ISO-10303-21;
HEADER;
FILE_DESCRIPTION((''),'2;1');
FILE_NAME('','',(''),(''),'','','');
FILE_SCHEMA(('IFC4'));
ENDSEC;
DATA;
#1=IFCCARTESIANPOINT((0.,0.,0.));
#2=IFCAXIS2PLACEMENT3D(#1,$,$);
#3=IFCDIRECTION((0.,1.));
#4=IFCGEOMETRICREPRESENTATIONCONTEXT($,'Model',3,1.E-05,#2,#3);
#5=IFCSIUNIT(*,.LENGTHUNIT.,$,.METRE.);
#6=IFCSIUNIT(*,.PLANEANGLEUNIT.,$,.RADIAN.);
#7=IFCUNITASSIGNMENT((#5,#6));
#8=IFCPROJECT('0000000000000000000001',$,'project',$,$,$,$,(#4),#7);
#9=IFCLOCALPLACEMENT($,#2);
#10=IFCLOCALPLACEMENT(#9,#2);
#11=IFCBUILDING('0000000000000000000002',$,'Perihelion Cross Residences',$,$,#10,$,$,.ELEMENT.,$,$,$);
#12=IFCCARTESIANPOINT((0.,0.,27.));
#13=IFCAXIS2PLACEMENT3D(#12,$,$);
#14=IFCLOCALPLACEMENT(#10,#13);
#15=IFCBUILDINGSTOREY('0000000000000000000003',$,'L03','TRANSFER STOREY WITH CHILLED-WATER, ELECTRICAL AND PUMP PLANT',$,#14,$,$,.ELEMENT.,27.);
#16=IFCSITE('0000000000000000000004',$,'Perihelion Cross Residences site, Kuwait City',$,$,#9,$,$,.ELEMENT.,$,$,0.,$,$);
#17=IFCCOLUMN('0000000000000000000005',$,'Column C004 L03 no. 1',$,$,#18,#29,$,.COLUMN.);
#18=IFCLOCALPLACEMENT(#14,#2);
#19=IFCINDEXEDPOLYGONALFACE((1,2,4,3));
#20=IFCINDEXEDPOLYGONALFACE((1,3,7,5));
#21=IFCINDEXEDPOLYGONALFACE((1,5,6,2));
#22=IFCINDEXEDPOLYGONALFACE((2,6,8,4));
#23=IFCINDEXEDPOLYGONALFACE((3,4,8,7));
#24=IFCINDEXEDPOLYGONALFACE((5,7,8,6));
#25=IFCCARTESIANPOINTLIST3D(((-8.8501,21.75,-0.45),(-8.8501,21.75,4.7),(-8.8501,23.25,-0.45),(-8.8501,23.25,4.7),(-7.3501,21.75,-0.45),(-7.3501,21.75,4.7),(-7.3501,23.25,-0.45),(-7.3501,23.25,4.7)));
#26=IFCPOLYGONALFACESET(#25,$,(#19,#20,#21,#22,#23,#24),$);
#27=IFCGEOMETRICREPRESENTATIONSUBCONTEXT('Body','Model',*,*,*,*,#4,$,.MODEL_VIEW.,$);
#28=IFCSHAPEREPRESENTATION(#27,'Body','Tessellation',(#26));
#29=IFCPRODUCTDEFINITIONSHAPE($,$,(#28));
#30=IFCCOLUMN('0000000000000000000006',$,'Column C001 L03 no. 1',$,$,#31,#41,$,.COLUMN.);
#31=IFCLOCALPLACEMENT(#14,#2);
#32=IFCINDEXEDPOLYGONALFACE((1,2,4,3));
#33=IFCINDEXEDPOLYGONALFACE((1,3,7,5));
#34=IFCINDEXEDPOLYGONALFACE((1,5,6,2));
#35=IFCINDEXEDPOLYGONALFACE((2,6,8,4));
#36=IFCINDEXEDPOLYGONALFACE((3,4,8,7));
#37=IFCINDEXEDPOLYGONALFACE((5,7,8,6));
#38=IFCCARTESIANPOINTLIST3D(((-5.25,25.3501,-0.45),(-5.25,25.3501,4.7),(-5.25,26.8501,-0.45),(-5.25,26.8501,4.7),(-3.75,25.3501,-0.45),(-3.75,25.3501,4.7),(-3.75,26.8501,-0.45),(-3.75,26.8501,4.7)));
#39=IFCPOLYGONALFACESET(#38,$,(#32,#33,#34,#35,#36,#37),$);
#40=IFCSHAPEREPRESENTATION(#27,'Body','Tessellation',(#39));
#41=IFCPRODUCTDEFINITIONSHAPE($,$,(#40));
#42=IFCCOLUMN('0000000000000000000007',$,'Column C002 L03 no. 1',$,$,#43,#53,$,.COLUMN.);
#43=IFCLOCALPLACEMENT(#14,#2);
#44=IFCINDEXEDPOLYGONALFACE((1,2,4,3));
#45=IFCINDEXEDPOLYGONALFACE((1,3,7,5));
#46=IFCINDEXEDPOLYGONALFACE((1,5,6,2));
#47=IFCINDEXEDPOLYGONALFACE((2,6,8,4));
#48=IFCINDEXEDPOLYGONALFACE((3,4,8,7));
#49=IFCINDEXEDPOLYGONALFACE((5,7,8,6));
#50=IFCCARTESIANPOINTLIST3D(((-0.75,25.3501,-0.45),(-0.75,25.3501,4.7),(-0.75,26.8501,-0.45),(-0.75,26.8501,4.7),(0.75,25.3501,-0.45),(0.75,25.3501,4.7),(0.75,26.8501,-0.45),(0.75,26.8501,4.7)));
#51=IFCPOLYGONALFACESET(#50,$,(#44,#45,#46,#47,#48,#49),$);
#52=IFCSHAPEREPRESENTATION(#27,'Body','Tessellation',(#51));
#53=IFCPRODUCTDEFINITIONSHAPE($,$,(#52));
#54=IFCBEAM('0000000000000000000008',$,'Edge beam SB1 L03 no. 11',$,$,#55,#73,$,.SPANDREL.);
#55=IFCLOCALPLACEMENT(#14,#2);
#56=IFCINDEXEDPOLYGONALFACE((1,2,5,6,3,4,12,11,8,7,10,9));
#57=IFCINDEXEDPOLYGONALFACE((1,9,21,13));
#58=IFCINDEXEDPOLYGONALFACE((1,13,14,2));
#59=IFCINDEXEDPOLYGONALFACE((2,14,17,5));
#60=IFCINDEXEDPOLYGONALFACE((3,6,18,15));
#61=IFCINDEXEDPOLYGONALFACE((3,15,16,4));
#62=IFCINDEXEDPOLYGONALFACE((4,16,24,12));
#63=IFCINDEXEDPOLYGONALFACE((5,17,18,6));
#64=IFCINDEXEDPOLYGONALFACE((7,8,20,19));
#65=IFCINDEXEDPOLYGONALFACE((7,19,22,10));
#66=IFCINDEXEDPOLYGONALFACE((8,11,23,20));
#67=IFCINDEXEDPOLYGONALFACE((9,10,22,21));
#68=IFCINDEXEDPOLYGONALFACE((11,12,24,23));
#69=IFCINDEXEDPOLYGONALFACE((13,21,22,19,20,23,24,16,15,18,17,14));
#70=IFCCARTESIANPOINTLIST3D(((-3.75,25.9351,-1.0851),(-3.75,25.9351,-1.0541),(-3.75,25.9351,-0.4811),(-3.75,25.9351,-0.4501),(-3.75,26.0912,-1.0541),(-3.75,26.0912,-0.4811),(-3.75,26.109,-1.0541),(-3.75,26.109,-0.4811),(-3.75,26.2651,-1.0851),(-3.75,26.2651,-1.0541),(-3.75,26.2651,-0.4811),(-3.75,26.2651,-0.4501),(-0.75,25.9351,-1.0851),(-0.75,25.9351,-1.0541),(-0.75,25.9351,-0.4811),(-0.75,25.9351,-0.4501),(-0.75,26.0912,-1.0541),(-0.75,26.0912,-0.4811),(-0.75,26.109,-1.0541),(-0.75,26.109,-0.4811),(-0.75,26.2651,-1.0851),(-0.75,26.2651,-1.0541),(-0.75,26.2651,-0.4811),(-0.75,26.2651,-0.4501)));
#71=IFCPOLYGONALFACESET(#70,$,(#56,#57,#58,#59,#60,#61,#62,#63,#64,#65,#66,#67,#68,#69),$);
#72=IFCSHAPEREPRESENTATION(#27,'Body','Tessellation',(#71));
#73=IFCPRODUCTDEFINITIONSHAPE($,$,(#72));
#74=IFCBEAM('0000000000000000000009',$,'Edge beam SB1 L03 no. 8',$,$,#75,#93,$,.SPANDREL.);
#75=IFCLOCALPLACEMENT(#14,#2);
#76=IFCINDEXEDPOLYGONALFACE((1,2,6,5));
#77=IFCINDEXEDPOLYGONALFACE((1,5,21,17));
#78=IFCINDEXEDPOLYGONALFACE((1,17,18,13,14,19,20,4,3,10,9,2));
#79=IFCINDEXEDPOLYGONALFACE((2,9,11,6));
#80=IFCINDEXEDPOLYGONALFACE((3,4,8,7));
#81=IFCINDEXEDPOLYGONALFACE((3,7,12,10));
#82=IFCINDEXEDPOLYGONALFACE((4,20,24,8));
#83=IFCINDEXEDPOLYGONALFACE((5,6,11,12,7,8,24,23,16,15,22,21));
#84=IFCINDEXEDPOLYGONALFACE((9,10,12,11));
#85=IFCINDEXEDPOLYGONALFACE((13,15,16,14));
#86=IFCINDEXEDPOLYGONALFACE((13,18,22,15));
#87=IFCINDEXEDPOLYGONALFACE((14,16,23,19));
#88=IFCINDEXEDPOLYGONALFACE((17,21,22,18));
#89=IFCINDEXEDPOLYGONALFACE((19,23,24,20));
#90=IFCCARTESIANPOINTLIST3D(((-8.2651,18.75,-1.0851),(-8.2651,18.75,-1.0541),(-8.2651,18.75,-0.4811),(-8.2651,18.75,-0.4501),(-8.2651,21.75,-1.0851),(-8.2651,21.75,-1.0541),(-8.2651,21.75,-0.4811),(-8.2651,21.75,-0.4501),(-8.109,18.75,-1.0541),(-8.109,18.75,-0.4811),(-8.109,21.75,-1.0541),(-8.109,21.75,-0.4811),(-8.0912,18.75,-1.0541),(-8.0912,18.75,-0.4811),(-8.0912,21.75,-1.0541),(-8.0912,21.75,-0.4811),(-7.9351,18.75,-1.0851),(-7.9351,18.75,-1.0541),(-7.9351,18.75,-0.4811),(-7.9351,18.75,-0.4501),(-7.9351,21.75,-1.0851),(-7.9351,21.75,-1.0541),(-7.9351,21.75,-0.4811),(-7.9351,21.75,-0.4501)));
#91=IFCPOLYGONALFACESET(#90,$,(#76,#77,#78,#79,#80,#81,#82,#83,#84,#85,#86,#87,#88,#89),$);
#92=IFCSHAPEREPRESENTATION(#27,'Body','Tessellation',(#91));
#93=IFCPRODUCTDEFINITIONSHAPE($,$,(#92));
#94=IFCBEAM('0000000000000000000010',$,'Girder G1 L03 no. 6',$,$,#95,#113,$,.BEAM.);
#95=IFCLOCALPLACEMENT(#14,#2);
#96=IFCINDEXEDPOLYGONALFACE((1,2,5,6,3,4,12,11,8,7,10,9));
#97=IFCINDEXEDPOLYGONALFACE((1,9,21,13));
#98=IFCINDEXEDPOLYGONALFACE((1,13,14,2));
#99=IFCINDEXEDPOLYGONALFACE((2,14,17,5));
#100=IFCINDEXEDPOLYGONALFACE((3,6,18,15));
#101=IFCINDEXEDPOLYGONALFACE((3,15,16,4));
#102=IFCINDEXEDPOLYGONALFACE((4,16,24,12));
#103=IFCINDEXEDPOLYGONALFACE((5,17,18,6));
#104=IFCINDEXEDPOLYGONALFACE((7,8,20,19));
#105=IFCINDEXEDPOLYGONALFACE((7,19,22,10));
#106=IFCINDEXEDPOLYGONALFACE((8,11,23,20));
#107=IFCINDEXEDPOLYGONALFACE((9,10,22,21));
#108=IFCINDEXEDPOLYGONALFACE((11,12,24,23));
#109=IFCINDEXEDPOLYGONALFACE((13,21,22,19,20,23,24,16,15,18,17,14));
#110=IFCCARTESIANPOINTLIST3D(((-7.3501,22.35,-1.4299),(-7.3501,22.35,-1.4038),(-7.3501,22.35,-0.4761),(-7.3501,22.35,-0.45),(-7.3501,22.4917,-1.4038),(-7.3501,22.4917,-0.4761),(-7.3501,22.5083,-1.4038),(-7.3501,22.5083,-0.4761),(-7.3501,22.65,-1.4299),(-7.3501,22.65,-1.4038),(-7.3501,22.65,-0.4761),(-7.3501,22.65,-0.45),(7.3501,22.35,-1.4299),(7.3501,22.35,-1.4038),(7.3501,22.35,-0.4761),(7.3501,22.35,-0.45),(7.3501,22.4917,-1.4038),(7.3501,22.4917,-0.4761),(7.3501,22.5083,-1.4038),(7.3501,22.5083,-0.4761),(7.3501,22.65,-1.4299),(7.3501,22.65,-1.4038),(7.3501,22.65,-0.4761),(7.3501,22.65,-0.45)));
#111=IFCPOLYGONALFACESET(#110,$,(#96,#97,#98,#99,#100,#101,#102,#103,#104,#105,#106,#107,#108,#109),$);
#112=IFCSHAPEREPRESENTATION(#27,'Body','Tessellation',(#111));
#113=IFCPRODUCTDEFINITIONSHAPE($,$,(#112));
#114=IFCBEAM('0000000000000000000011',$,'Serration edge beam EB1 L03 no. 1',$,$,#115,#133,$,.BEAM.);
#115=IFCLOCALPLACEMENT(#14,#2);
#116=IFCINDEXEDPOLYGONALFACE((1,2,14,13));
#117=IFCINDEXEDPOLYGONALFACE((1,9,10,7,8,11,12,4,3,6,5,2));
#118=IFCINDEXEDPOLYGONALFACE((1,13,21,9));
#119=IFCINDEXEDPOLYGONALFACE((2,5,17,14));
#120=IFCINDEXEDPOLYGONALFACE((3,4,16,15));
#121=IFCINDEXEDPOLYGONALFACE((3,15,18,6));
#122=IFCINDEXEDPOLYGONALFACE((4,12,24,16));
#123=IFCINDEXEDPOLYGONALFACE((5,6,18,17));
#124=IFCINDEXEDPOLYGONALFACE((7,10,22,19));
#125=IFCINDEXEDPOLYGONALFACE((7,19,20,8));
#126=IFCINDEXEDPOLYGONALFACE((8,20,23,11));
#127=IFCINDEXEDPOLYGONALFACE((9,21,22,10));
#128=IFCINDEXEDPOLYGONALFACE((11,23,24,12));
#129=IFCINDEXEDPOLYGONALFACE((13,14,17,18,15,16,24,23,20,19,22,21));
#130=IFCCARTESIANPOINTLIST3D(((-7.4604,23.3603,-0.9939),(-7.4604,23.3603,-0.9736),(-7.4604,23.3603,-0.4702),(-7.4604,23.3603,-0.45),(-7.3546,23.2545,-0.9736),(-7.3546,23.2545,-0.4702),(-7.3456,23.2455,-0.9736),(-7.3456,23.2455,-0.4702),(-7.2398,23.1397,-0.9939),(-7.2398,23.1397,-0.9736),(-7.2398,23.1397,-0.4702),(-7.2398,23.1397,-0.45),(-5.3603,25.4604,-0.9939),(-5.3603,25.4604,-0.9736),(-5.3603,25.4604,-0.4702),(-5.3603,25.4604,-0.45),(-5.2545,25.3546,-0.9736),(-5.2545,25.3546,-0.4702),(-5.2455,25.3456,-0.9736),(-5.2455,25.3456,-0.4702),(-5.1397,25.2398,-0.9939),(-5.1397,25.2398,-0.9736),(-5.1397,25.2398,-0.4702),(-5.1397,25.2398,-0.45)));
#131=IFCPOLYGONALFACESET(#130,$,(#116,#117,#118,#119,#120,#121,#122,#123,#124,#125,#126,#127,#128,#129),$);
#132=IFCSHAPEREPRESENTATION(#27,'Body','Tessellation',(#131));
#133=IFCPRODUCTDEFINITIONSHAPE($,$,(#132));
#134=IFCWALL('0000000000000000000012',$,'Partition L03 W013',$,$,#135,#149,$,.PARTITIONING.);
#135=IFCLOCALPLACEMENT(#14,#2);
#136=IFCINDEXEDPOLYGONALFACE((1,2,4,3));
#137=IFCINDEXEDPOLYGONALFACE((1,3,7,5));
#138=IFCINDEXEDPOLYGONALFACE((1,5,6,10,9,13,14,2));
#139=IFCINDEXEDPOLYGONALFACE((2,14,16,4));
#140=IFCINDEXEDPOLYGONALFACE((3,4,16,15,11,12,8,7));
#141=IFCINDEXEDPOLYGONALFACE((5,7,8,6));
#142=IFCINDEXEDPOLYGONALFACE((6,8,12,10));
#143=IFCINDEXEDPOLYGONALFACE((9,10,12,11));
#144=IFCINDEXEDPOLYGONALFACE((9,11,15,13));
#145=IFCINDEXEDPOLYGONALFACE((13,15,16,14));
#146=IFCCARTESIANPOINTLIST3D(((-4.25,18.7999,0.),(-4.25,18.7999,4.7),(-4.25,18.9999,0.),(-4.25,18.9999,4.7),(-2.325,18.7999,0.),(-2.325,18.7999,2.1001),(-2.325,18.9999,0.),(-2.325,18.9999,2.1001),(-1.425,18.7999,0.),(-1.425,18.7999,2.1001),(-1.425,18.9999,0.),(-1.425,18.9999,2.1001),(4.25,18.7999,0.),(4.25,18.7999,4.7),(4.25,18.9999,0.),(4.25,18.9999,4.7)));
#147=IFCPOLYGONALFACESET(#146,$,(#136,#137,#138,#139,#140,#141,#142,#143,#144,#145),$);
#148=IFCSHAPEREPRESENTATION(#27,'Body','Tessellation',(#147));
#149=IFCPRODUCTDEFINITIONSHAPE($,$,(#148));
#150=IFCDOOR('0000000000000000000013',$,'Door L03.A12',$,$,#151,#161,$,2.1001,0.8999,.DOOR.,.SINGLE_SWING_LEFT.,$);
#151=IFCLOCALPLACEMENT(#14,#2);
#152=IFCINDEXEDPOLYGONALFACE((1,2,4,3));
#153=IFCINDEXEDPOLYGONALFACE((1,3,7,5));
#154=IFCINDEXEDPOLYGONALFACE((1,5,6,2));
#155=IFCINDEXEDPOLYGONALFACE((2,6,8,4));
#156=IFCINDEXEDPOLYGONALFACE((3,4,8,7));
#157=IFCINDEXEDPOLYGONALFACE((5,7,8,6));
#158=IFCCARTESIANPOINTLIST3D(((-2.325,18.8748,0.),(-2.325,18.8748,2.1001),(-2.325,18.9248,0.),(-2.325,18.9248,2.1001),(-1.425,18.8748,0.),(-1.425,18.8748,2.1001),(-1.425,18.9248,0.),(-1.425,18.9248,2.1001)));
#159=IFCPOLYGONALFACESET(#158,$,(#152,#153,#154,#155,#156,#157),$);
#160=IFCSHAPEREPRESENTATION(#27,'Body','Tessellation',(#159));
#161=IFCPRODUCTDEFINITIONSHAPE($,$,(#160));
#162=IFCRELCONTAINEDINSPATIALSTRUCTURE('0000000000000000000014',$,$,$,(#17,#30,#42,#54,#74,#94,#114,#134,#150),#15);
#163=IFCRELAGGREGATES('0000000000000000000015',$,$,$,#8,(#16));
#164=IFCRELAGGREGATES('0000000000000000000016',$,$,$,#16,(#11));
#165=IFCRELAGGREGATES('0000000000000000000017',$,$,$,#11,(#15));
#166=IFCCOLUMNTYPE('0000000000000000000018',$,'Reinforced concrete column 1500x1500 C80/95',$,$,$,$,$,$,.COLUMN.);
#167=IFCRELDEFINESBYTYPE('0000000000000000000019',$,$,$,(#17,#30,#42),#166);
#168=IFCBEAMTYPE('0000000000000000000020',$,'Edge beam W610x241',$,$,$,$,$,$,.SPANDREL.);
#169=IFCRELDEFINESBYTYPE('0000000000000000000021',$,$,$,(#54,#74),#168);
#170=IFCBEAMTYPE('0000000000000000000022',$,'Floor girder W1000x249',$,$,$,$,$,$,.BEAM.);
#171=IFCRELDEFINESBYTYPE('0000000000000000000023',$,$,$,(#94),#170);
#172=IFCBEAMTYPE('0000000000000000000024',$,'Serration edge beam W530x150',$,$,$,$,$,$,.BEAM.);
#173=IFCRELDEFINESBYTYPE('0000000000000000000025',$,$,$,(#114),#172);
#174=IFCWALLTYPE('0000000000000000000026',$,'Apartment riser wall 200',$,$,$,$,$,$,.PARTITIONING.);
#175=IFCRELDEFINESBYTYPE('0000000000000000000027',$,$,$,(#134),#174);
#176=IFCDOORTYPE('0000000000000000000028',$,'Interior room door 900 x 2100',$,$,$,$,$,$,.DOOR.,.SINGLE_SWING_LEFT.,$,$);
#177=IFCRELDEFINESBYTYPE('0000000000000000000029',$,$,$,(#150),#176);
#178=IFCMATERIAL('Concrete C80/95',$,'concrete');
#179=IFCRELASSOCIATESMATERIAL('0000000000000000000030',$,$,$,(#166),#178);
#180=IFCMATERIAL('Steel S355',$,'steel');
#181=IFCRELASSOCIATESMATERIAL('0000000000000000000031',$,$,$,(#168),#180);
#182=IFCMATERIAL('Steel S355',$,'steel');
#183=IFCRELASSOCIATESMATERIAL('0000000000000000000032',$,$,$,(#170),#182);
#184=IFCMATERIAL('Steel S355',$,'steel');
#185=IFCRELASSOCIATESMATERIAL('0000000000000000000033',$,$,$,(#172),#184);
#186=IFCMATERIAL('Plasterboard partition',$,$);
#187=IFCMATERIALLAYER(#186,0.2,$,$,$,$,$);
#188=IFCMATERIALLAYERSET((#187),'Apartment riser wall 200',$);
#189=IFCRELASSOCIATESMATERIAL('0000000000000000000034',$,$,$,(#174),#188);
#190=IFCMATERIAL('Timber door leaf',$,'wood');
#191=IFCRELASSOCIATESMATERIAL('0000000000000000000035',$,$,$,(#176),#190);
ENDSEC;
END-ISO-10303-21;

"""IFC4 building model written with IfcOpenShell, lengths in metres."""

from ifc_helpers import new_model, si_unit, direction, frame, frame_2d, origin, origin_2d, place, context, subcontext, project, spatial, rectangle, i_section, extrude, material, layer, layer_set, material_profile, profile_set, type_object, element, fill, save


model = new_model("IFC4")

# Units and contexts
model_context = context("Model", 3, precision=1e-05, world=origin(), true_north=direction((0.0, 1.0)))
body_context = subcontext(model_context, "Body", "Model", "MODEL_VIEW")
ifc_project = project(units=[si_unit("LENGTHUNIT", "METRE"), si_unit("PLANEANGLEUNIT", "RADIAN")], contexts=[model_context])

# Site, building, storey
site_placement = place(None, origin())
site = spatial("IfcSite", under=ifc_project, at=site_placement, Name="Perihelion Cross Residences site, Kuwait City", CompositionType="ELEMENT", RefElevation=0.0)
building_placement = place(site_placement, origin())
building = spatial("IfcBuilding", under=site, at=building_placement, Name="Perihelion Cross Residences", CompositionType="ELEMENT")
storey_placement = place(building_placement, frame((0.0, 0.0, 27.0)))
storey = spatial("IfcBuildingStorey", under=building, at=storey_placement, Name="L03", Description="TRANSFER STOREY WITH CHILLED-WATER, ELECTRICAL AND PUMP PLANT", CompositionType="ELEMENT", Elevation=27.0)

# Columns
ifc_material_1 = material(Name="Concrete C80/95", Category="concrete")
ifc_material_profile_1 = material_profile(ifc_material_1, rectangle(XDim=1.5, YDim=1.5, at=origin_2d()), Name="RC 1500x1500")
ifc_profile_set_1 = profile_set([ifc_material_profile_1], Name="Concrete C80/95")
column_type = type_object("IfcColumnType", Name="Reinforced concrete column 1500x1500 C80/95", PredefinedType="COLUMN", material=ifc_profile_set_1)
for number, where, z_axis, x_axis, name in (
    (1, (-8.1001, 22.5, -0.45), (0.0, 0.0, 1.0), (1.0, 0.0, 0.0), "Column C004 L03 no. 1"),
    (2, (-4.5, 26.1001, -0.45), (0.0, 0.0, 1.0), (1.0, 0.0, 0.0), "Column C001 L03 no. 1"),
    (3, (0.0, 26.1001, -0.45), (0.0, 0.0, 1.0), (1.0, 0.0, 0.0), "Column C002 L03 no. 1"),
):
    element("IfcColumn", number, at=place(storey_placement, frame(where, z_axis=z_axis, x_axis=x_axis)), inside=storey, type_object=column_type, Name=name, PredefinedType="COLUMN", context=body_context, shape_type="SweptSolid", body=[
        extrude(rectangle(XDim=1.5, YDim=1.5, at=origin_2d()), origin(), (0.0, 0.0, 1.0), 5.1499),
    ])

# Beams
ifc_material_2 = material(Name="Steel S355", Category="steel")
ifc_material_profile_2 = material_profile(ifc_material_2, i_section(OverallWidth=0.3301, OverallDepth=0.635, WebThickness=0.0178, FlangeThickness=0.031, at=origin_2d()), Name="W610x241")
ifc_profile_set_2 = profile_set([ifc_material_profile_2], Name="Steel S355")
beam_type_1 = type_object("IfcBeamType", Name="Edge beam W610x241", PredefinedType="SPANDREL", material=ifc_profile_set_2)
for number, where, z_axis, x_axis, name in (
    (4, (-0.75, 26.1001, -0.7676), (-1.0, 0.0, 0.0), (0.0, -1.0, 0.0), "Edge beam SB1 L03 no. 11"),
    (5, (-8.1001, 21.75, -0.7676), (0.0, -1.0, 0.0), (1.0, 0.0, 0.0), "Edge beam SB1 L03 no. 8"),
):
    element("IfcBeam", number, at=place(storey_placement, frame(where, z_axis=z_axis, x_axis=x_axis)), inside=storey, type_object=beam_type_1, Name=name, PredefinedType="SPANDREL", context=body_context, shape_type="SweptSolid", body=[
        extrude(i_section(OverallWidth=0.3301, OverallDepth=0.635, WebThickness=0.0178, FlangeThickness=0.031, at=origin_2d()), origin(), (0.0, 0.0, 1.0), 3.0),
    ])
ifc_material_3 = material(Name="Steel S355", Category="steel")
ifc_material_profile_3 = material_profile(ifc_material_3, i_section(OverallWidth=0.3, OverallDepth=0.98, WebThickness=0.0166, FlangeThickness=0.0261, at=origin_2d()), Name="W1000x249")
ifc_profile_set_3 = profile_set([ifc_material_profile_3], Name="Steel S355")
beam_type_2 = type_object("IfcBeamType", Name="Floor girder W1000x249", PredefinedType="BEAM", material=ifc_profile_set_3)
beam_1_placement = place(storey_placement, frame((-7.3501, 22.5, -0.9399), z_axis=(1.0, 0.0, 0.0), x_axis=(0.0, 1.0, 0.0)))
element("IfcBeam", 6, at=beam_1_placement, inside=storey, type_object=beam_type_2, Name="Girder G1 L03 no. 6", PredefinedType="BEAM", context=body_context, shape_type="SweptSolid", body=[
    extrude(i_section(OverallWidth=0.3, OverallDepth=0.98, WebThickness=0.0166, FlangeThickness=0.0261, at=origin_2d()), origin(), (0.0, 0.0, 1.0), 14.7002),
])
ifc_material_4 = material(Name="Steel S355", Category="steel")
ifc_material_profile_4 = material_profile(ifc_material_4, i_section(OverallWidth=0.312, OverallDepth=0.5439, WebThickness=0.0127, FlangeThickness=0.0203, at=origin_2d()), Name="W530x150")
ifc_profile_set_4 = profile_set([ifc_material_profile_4], Name="Steel S355")
beam_type_3 = type_object("IfcBeamType", Name="Serration edge beam W530x150", PredefinedType="BEAM", material=ifc_profile_set_4)
beam_2_placement = place(storey_placement, frame((-5.25, 25.3501, -0.7219), z_axis=(-0.707107, -0.707107, 0.0), x_axis=(0.707107, -0.707107, 0.0)))
element("IfcBeam", 7, at=beam_2_placement, inside=storey, type_object=beam_type_3, Name="Serration edge beam EB1 L03 no. 1", PredefinedType="BEAM", context=body_context, shape_type="SweptSolid", body=[
    extrude(i_section(OverallWidth=0.312, OverallDepth=0.5439, WebThickness=0.0127, FlangeThickness=0.0203, at=origin_2d()), origin(), (0.0, 0.0, 1.0), 2.97),
])

# Wall, opening, door
ifc_material_5 = material(Name="Plasterboard partition")
ifc_layer_1 = layer(ifc_material_5, 0.2)
ifc_layer_set_1 = layer_set([ifc_layer_1], Name="Apartment riser wall 200")
wall_type_1 = type_object("IfcWallType", Name="Apartment riser wall 200", PredefinedType="PARTITIONING", material=ifc_layer_set_1)
wall_1_placement = place(storey_placement, frame((-4.25, 18.8999, 0.0), z_axis=(0.0, 0.0, 1.0), x_axis=(1.0, 0.0, 0.0)))
wall_1 = element("IfcWall", 8, at=wall_1_placement, inside=storey, type_object=wall_type_1, Name="Partition L03 W013", PredefinedType="PARTITIONING", context=body_context, shape_type="SweptSolid", body=[
    extrude(rectangle(XDim=8.5, YDim=0.2, at=frame_2d((4.25, 0.0))), origin(), (0.0, 0.0, 1.0), 4.7),
])
opening_1_placement = place(wall_1_placement, frame((1.925, 0.0, 0.0)))
opening_1 = element("IfcOpeningElement", 9, at=opening_1_placement, cuts=wall_1, PredefinedType="OPENING", context=body_context, shape_type="SweptSolid", body=[
    extrude(rectangle(XDim=0.8999, YDim=2.1001, at=frame_2d((0.45, 1.05))), frame((0.0, 0.1099, 0.0), z_axis=(0.0, -1.0, 0.0), x_axis=(1.0, 0.0, 0.0)), (0.0, 0.0, 1.0), 0.22),
])
ifc_material_6 = material(Name="Timber door leaf", Category="wood")
door_type = type_object("IfcDoorType", Name="Interior room door 900 x 2100", OperationType="SINGLE_SWING_LEFT", PredefinedType="DOOR", material=ifc_material_6)
door_1_placement = place(opening_1_placement, origin())
door_1 = element("IfcDoor", 10, at=door_1_placement, inside=storey, type_object=door_type, Name="Door L03.A12", OperationType="SINGLE_SWING_LEFT", OverallHeight=2.1001, OverallWidth=0.8999, PredefinedType="DOOR", context=body_context, shape_type="SweptSolid", body=[
    extrude(rectangle(XDim=0.8999, YDim=2.1001, at=frame_2d((0.45, 1.05))), frame((0.0, 0.0249, 0.0), z_axis=(0.0, -1.0, 0.0), x_axis=(1.0, 0.0, 0.0)), (0.0, 0.0, 1.0), 0.05),
])
fill(opening_1, door_1)

save(model, "model.ifc")
